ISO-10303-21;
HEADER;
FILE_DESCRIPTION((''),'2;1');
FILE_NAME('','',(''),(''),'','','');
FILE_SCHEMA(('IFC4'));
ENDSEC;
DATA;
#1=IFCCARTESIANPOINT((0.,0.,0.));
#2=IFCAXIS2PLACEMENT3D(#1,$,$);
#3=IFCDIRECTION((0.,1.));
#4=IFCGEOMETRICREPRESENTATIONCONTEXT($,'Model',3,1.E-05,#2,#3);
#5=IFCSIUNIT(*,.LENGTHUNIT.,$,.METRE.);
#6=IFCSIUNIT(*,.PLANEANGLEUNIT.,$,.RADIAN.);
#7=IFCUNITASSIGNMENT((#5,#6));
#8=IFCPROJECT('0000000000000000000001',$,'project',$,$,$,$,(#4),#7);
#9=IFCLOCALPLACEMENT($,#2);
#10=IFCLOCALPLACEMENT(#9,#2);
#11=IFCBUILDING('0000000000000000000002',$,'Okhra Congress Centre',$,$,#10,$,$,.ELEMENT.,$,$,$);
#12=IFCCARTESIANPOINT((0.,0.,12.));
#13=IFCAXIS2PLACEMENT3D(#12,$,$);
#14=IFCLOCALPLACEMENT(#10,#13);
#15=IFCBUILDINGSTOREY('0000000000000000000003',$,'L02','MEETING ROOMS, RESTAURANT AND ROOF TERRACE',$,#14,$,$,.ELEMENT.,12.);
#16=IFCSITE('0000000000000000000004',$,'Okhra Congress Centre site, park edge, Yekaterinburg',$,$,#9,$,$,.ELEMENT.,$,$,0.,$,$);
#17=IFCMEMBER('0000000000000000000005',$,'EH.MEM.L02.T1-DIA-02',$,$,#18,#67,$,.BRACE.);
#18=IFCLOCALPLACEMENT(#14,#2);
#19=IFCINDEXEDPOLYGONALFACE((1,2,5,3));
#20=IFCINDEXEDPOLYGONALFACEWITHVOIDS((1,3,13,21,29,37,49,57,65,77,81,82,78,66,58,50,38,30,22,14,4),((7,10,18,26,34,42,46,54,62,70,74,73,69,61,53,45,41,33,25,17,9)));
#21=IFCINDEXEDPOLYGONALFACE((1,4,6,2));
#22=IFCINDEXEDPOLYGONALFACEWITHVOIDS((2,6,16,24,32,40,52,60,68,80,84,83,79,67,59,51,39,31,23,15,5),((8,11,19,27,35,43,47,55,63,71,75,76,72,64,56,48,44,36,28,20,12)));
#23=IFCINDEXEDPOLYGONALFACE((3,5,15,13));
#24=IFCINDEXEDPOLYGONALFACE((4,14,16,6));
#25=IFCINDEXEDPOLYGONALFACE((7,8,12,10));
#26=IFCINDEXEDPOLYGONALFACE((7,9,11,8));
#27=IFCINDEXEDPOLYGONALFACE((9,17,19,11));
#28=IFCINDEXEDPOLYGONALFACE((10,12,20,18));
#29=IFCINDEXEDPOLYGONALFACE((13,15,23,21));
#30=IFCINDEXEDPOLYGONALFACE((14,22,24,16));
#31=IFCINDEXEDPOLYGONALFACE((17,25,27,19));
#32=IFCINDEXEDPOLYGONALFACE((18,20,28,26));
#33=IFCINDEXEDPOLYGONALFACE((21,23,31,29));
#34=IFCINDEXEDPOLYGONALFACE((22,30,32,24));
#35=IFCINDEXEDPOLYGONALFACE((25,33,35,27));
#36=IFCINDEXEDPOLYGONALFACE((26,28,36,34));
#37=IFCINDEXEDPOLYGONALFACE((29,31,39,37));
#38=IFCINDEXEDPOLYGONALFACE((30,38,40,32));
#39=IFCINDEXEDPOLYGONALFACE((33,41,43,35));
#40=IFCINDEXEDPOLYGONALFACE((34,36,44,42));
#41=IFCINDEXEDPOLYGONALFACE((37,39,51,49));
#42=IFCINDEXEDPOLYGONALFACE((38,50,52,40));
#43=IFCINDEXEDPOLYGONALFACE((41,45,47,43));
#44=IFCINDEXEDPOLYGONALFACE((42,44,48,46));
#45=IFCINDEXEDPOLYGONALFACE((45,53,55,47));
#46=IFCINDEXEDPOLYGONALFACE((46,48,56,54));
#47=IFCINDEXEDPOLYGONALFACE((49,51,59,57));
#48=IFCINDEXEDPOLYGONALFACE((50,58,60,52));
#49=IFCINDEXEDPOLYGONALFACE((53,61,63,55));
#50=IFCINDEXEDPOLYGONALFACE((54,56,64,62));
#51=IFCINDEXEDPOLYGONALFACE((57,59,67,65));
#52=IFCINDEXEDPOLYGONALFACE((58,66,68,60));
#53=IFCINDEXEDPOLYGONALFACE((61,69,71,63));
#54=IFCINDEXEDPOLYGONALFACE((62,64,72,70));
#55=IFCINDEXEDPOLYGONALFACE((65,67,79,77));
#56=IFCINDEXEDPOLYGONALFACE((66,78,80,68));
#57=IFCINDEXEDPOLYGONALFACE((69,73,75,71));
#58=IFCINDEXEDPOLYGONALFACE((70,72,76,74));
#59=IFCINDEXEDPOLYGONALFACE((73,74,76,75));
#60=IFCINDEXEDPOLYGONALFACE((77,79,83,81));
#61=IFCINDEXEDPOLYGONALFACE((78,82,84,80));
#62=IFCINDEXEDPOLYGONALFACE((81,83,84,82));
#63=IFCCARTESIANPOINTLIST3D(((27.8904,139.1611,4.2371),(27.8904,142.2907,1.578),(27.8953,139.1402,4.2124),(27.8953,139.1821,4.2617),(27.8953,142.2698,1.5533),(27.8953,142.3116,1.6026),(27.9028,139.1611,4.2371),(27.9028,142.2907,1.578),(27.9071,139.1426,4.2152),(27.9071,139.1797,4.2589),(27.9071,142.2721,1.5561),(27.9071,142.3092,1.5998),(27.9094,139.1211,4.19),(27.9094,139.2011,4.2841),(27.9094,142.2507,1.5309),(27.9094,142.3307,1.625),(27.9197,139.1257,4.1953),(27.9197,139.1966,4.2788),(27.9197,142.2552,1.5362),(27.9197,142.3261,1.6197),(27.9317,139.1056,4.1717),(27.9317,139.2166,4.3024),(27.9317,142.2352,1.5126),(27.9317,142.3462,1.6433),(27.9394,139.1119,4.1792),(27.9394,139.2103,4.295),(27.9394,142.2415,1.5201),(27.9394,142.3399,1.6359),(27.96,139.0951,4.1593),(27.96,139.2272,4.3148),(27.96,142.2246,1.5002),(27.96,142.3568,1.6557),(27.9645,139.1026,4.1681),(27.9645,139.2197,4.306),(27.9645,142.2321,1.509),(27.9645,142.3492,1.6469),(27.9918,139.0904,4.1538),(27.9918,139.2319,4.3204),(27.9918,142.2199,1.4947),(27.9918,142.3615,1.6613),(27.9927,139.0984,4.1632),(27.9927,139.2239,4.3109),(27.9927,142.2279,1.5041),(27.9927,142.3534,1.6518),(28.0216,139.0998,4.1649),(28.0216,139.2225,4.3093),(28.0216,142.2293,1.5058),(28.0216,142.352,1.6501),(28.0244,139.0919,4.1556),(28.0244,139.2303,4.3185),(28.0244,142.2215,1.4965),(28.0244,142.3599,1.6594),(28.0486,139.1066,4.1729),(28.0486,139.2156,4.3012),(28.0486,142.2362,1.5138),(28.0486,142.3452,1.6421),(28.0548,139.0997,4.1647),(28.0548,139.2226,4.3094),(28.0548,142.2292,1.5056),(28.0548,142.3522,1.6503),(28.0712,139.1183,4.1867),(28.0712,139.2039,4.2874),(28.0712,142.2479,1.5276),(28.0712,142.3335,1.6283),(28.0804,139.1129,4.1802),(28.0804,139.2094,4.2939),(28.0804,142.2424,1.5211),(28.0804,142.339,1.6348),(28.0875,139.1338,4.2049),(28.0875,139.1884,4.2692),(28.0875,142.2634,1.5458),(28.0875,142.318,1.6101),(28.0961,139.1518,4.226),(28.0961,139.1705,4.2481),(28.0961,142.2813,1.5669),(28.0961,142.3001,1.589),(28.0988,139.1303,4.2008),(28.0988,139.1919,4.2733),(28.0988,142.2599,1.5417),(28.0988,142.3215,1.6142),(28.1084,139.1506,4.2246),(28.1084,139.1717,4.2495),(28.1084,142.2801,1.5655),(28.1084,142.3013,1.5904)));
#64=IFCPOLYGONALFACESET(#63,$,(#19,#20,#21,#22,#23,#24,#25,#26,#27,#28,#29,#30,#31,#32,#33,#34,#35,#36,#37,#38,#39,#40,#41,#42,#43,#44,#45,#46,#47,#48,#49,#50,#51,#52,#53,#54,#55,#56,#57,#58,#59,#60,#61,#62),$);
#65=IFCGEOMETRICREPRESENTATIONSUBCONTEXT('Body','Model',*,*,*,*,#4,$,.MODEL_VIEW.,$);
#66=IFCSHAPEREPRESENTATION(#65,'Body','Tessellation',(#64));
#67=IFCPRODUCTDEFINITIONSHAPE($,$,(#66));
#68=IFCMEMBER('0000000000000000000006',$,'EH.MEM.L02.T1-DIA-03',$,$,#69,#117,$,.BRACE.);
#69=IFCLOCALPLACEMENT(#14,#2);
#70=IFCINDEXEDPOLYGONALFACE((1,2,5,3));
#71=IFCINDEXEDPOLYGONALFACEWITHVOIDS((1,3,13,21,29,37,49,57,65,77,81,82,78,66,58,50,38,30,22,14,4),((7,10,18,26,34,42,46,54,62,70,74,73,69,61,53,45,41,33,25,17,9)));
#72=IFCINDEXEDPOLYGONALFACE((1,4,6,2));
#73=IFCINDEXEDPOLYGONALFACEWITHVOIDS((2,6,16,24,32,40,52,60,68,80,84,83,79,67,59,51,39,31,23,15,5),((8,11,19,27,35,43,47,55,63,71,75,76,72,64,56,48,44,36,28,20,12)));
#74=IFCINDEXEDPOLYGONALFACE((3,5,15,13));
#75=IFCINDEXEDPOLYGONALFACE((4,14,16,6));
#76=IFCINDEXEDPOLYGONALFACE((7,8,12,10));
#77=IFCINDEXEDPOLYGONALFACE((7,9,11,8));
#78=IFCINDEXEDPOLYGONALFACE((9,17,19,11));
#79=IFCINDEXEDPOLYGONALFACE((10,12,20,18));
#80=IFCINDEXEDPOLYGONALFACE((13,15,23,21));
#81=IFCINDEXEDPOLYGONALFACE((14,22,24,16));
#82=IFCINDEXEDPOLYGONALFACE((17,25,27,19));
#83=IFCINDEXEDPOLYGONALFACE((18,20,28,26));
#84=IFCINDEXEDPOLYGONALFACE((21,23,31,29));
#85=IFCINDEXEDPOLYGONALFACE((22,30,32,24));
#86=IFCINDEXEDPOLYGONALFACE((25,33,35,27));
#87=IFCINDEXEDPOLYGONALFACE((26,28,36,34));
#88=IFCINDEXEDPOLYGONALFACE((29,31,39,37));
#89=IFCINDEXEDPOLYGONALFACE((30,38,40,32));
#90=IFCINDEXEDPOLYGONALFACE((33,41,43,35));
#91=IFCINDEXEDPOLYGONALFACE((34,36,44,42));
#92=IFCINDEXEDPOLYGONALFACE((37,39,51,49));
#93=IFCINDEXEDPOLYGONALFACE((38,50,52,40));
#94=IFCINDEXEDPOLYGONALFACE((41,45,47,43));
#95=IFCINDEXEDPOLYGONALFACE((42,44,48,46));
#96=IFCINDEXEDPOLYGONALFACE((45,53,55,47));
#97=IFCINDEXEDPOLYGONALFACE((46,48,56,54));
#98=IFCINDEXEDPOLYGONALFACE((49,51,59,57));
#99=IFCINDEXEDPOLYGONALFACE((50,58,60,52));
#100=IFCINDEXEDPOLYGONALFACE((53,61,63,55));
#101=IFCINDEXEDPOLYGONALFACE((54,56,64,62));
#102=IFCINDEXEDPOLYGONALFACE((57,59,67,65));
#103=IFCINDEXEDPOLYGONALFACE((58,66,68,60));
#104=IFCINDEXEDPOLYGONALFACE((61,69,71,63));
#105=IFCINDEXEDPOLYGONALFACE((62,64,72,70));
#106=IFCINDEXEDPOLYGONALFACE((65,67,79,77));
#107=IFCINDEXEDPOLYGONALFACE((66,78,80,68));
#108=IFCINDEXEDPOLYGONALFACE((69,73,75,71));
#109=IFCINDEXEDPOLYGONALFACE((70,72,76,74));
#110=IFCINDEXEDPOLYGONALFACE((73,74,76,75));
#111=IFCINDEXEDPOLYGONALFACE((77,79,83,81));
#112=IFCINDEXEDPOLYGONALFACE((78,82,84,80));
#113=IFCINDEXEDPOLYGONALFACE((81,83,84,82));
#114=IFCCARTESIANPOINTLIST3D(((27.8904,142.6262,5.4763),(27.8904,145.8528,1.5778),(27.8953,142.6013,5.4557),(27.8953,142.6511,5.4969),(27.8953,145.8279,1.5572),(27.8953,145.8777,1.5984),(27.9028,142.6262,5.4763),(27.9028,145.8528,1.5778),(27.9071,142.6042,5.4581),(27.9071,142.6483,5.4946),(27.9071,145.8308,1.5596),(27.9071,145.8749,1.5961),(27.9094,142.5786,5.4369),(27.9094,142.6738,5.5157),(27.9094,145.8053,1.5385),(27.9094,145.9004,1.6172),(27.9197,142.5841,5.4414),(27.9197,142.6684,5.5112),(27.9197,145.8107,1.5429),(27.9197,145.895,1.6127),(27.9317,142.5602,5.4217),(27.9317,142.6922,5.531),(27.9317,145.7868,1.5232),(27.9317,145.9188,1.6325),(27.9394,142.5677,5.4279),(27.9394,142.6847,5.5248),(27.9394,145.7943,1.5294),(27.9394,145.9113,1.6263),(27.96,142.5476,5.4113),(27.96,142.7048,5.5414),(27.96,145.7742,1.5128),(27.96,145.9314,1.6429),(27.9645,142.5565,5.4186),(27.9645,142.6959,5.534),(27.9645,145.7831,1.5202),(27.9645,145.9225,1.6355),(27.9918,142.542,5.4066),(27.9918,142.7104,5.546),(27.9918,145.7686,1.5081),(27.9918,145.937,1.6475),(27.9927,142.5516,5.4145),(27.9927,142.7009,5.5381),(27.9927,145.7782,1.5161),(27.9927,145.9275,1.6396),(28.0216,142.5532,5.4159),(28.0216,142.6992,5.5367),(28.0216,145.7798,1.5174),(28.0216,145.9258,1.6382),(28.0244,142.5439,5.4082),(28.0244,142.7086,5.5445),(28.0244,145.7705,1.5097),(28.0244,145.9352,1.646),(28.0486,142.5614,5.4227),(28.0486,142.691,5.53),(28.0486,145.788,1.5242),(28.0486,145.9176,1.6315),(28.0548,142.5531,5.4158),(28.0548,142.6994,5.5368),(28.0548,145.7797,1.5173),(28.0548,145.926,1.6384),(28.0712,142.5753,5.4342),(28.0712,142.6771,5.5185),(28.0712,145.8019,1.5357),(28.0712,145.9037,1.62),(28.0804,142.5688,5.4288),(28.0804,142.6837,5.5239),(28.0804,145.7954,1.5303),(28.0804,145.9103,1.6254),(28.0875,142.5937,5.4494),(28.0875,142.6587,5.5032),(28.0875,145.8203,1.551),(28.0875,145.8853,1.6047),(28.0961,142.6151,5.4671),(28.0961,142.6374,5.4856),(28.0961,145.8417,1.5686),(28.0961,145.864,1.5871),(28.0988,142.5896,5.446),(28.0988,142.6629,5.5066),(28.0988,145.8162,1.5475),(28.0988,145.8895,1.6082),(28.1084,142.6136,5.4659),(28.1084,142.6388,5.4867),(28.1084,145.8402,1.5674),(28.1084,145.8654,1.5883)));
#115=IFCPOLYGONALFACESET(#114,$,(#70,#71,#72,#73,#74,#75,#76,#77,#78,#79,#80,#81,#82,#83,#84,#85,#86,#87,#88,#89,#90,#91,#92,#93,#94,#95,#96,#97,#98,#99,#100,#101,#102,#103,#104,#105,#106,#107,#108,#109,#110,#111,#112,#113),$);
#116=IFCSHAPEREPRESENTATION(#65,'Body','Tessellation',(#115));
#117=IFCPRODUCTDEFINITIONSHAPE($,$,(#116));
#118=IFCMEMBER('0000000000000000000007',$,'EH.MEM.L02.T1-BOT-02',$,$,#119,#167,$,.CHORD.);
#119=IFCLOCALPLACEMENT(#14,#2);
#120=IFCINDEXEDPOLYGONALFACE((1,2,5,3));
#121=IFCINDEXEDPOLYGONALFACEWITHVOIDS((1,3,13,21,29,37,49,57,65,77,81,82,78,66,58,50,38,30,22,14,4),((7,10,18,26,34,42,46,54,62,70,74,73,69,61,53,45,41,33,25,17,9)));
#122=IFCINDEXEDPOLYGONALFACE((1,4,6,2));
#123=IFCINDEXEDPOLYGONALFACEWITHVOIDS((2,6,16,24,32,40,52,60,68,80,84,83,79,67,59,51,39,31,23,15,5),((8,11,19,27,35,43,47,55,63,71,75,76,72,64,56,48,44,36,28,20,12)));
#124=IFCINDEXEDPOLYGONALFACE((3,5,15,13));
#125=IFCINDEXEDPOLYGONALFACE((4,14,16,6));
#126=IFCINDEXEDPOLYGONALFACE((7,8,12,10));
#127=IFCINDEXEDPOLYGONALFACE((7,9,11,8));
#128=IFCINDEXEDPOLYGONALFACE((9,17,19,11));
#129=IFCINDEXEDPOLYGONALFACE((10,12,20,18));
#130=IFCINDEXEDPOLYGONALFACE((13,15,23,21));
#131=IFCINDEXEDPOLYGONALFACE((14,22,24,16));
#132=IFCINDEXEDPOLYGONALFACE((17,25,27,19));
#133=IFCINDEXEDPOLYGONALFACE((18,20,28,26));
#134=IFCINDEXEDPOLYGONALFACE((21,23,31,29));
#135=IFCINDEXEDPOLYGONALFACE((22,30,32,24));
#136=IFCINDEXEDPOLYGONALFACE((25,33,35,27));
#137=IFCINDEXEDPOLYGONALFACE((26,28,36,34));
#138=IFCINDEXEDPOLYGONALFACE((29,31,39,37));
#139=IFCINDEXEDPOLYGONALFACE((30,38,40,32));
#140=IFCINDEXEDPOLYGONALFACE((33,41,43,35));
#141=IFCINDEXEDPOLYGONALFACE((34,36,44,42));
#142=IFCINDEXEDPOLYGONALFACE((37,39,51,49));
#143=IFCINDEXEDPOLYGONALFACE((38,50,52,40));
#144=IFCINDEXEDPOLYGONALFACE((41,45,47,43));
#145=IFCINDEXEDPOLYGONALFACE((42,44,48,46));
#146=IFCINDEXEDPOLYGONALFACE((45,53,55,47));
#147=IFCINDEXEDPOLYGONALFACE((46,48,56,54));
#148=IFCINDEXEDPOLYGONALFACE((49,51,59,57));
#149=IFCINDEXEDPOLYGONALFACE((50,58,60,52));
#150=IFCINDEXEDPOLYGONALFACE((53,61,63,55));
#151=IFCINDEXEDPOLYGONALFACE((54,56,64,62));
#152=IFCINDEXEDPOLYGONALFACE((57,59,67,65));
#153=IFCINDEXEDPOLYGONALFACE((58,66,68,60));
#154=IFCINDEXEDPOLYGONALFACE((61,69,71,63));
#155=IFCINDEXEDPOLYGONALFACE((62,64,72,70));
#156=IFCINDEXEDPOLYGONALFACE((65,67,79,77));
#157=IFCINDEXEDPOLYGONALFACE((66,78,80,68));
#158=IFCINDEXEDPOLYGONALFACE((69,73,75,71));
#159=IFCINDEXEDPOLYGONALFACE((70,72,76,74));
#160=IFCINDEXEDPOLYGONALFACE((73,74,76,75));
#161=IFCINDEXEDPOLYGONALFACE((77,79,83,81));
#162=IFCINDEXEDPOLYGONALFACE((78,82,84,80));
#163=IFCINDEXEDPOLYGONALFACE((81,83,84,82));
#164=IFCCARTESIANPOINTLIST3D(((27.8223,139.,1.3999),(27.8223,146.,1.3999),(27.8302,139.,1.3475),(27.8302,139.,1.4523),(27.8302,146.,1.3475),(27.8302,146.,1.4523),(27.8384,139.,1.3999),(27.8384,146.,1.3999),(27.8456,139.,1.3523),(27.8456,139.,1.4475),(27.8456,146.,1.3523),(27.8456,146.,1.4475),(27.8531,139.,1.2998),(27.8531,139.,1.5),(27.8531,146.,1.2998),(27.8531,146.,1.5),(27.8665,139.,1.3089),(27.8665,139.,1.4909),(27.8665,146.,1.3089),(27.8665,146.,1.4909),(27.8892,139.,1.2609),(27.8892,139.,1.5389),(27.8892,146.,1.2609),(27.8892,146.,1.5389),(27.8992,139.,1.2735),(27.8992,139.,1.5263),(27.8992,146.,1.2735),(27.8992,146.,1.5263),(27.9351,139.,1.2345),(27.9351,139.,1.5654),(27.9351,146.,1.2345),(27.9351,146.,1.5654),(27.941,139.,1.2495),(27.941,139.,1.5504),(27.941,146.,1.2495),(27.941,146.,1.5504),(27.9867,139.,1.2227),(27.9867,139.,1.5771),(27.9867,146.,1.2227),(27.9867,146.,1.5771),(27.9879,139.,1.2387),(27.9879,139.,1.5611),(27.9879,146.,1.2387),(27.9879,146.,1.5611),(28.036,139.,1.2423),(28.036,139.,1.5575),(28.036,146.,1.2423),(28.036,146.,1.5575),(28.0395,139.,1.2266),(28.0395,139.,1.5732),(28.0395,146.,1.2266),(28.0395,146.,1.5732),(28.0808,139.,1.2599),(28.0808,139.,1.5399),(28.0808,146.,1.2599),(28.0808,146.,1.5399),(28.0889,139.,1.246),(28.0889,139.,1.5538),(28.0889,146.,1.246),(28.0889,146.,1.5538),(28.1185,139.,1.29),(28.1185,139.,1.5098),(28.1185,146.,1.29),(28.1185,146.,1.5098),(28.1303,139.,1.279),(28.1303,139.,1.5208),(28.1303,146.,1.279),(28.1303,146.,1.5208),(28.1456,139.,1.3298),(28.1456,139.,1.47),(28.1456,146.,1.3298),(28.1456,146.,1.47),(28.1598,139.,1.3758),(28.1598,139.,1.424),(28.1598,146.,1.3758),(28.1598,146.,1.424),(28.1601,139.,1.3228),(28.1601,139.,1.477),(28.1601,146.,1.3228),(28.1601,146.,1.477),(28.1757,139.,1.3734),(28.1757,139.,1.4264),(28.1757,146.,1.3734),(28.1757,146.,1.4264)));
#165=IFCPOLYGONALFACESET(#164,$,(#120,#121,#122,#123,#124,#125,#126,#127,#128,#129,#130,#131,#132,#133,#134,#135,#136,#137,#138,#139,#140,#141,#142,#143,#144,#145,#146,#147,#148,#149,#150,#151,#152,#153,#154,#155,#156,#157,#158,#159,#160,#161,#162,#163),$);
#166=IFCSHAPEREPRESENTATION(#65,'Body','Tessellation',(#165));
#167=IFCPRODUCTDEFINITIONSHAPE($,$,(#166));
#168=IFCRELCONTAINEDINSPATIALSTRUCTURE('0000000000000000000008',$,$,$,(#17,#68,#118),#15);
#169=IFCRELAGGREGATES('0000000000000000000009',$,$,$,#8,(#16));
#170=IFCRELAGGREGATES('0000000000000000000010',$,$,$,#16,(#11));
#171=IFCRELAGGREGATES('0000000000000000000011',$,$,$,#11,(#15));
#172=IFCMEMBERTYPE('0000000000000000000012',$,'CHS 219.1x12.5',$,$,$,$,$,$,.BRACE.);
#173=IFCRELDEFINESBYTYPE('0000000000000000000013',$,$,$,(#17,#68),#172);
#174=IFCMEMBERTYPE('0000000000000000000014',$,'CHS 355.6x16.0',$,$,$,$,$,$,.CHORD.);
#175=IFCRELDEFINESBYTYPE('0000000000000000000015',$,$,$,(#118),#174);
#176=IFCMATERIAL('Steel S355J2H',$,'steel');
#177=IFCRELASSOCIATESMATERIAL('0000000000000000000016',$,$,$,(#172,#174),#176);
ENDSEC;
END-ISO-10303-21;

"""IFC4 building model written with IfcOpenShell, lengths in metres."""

from ifc_helpers import new_model, si_unit, direction, frame, origin, origin_2d, place, context, subcontext, project, spatial, hollow_circle, extrude, material, material_profile, profile_set, type_object, element, save


model = new_model("IFC4")

# Units and contexts
model_context = context("Model", 3, precision=1e-05, world=origin(), true_north=direction((0.0, 1.0)))
body_context = subcontext(model_context, "Body", "Model", "MODEL_VIEW")
ifc_project = project(units=[si_unit("LENGTHUNIT", "METRE"), si_unit("PLANEANGLEUNIT", "RADIAN")], contexts=[model_context])

# Site, building, storey
site_placement = place(None, origin())
site = spatial("IfcSite", under=ifc_project, at=site_placement, Name="Okhra Congress Centre site, park edge, Yekaterinburg", CompositionType="ELEMENT", RefElevation=0.0)
building_placement = place(site_placement, origin())
building = spatial("IfcBuilding", under=site, at=building_placement, Name="Okhra Congress Centre", CompositionType="ELEMENT")
storey_placement = place(building_placement, frame((0.0, 0.0, 12.0)))
storey = spatial("IfcBuildingStorey", under=building, at=storey_placement, Name="L02", Description="MEETING ROOMS, RESTAURANT AND ROOF TERRACE", CompositionType="ELEMENT", Elevation=12.0)

# Members
ifc_material_1 = material(Name="Steel S355J2H", Category="steel")
ifc_material_profile_1 = material_profile(ifc_material_1, hollow_circle(Radius=0.1096, WallThickness=0.0125, at=origin_2d()), Name="CHS 219.1x12.5")
ifc_profile_set_1 = profile_set([ifc_material_profile_1], Name="Steel S355J2H")
member_type_1 = type_object("IfcMemberType", Name="CHS 219.1x12.5", PredefinedType="BRACE", material=ifc_profile_set_1)
member_1_placement = place(storey_placement, frame((28.0, 139.1611, 4.2371), z_axis=(0.0, 0.762061, -0.647505), x_axis=(-1.0, 0.0, 0.0)))
element("IfcMember", 1, at=member_1_placement, inside=storey, type_object=member_type_1, Name="EH.MEM.L02.T1-DIA-02", PredefinedType="BRACE", context=body_context, shape_type="SweptSolid", body=[
    extrude(hollow_circle(Radius=0.1096, WallThickness=0.0125, at=origin_2d()), origin(), (0.0, 0.0, 1.0), 4.1067),
])
member_2_placement = place(storey_placement, frame((28.0, 142.6262, 5.4763), z_axis=(0.0, 0.637599, -0.770368), x_axis=(-1.0, 0.0, 0.0)))
element("IfcMember", 2, at=member_2_placement, inside=storey, type_object=member_type_1, Name="EH.MEM.L02.T1-DIA-03", PredefinedType="BRACE", context=body_context, shape_type="SweptSolid", body=[
    extrude(hollow_circle(Radius=0.1096, WallThickness=0.0125, at=origin_2d()), origin(), (0.0, 0.0, 1.0), 5.0605),
])
ifc_material_profile_2 = material_profile(ifc_material_1, hollow_circle(Radius=0.1777, WallThickness=0.0161, at=origin_2d()), Name="CHS 355.6x16.0")
ifc_profile_set_2 = profile_set([ifc_material_profile_2], Name="Steel S355J2H")
member_type_2 = type_object("IfcMemberType", Name="CHS 355.6x16.0", PredefinedType="CHORD", material=ifc_profile_set_2)
for number, where, z_axis, x_axis, name in (
    (3, (28.0, 139.0, 1.3999), (0.0, 1.0, 0.0), (-1.0, 0.0, 0.0), "EH.MEM.L02.T1-BOT-02"),
):
    element("IfcMember", number, at=place(storey_placement, frame(where, z_axis=z_axis, x_axis=x_axis)), inside=storey, type_object=member_type_2, Name=name, PredefinedType="CHORD", context=body_context, shape_type="SweptSolid", body=[
        extrude(hollow_circle(Radius=0.1777, WallThickness=0.0161, at=origin_2d()), origin(), (0.0, 0.0, 1.0), 7.0),
    ])

save(model, "model.ifc")
